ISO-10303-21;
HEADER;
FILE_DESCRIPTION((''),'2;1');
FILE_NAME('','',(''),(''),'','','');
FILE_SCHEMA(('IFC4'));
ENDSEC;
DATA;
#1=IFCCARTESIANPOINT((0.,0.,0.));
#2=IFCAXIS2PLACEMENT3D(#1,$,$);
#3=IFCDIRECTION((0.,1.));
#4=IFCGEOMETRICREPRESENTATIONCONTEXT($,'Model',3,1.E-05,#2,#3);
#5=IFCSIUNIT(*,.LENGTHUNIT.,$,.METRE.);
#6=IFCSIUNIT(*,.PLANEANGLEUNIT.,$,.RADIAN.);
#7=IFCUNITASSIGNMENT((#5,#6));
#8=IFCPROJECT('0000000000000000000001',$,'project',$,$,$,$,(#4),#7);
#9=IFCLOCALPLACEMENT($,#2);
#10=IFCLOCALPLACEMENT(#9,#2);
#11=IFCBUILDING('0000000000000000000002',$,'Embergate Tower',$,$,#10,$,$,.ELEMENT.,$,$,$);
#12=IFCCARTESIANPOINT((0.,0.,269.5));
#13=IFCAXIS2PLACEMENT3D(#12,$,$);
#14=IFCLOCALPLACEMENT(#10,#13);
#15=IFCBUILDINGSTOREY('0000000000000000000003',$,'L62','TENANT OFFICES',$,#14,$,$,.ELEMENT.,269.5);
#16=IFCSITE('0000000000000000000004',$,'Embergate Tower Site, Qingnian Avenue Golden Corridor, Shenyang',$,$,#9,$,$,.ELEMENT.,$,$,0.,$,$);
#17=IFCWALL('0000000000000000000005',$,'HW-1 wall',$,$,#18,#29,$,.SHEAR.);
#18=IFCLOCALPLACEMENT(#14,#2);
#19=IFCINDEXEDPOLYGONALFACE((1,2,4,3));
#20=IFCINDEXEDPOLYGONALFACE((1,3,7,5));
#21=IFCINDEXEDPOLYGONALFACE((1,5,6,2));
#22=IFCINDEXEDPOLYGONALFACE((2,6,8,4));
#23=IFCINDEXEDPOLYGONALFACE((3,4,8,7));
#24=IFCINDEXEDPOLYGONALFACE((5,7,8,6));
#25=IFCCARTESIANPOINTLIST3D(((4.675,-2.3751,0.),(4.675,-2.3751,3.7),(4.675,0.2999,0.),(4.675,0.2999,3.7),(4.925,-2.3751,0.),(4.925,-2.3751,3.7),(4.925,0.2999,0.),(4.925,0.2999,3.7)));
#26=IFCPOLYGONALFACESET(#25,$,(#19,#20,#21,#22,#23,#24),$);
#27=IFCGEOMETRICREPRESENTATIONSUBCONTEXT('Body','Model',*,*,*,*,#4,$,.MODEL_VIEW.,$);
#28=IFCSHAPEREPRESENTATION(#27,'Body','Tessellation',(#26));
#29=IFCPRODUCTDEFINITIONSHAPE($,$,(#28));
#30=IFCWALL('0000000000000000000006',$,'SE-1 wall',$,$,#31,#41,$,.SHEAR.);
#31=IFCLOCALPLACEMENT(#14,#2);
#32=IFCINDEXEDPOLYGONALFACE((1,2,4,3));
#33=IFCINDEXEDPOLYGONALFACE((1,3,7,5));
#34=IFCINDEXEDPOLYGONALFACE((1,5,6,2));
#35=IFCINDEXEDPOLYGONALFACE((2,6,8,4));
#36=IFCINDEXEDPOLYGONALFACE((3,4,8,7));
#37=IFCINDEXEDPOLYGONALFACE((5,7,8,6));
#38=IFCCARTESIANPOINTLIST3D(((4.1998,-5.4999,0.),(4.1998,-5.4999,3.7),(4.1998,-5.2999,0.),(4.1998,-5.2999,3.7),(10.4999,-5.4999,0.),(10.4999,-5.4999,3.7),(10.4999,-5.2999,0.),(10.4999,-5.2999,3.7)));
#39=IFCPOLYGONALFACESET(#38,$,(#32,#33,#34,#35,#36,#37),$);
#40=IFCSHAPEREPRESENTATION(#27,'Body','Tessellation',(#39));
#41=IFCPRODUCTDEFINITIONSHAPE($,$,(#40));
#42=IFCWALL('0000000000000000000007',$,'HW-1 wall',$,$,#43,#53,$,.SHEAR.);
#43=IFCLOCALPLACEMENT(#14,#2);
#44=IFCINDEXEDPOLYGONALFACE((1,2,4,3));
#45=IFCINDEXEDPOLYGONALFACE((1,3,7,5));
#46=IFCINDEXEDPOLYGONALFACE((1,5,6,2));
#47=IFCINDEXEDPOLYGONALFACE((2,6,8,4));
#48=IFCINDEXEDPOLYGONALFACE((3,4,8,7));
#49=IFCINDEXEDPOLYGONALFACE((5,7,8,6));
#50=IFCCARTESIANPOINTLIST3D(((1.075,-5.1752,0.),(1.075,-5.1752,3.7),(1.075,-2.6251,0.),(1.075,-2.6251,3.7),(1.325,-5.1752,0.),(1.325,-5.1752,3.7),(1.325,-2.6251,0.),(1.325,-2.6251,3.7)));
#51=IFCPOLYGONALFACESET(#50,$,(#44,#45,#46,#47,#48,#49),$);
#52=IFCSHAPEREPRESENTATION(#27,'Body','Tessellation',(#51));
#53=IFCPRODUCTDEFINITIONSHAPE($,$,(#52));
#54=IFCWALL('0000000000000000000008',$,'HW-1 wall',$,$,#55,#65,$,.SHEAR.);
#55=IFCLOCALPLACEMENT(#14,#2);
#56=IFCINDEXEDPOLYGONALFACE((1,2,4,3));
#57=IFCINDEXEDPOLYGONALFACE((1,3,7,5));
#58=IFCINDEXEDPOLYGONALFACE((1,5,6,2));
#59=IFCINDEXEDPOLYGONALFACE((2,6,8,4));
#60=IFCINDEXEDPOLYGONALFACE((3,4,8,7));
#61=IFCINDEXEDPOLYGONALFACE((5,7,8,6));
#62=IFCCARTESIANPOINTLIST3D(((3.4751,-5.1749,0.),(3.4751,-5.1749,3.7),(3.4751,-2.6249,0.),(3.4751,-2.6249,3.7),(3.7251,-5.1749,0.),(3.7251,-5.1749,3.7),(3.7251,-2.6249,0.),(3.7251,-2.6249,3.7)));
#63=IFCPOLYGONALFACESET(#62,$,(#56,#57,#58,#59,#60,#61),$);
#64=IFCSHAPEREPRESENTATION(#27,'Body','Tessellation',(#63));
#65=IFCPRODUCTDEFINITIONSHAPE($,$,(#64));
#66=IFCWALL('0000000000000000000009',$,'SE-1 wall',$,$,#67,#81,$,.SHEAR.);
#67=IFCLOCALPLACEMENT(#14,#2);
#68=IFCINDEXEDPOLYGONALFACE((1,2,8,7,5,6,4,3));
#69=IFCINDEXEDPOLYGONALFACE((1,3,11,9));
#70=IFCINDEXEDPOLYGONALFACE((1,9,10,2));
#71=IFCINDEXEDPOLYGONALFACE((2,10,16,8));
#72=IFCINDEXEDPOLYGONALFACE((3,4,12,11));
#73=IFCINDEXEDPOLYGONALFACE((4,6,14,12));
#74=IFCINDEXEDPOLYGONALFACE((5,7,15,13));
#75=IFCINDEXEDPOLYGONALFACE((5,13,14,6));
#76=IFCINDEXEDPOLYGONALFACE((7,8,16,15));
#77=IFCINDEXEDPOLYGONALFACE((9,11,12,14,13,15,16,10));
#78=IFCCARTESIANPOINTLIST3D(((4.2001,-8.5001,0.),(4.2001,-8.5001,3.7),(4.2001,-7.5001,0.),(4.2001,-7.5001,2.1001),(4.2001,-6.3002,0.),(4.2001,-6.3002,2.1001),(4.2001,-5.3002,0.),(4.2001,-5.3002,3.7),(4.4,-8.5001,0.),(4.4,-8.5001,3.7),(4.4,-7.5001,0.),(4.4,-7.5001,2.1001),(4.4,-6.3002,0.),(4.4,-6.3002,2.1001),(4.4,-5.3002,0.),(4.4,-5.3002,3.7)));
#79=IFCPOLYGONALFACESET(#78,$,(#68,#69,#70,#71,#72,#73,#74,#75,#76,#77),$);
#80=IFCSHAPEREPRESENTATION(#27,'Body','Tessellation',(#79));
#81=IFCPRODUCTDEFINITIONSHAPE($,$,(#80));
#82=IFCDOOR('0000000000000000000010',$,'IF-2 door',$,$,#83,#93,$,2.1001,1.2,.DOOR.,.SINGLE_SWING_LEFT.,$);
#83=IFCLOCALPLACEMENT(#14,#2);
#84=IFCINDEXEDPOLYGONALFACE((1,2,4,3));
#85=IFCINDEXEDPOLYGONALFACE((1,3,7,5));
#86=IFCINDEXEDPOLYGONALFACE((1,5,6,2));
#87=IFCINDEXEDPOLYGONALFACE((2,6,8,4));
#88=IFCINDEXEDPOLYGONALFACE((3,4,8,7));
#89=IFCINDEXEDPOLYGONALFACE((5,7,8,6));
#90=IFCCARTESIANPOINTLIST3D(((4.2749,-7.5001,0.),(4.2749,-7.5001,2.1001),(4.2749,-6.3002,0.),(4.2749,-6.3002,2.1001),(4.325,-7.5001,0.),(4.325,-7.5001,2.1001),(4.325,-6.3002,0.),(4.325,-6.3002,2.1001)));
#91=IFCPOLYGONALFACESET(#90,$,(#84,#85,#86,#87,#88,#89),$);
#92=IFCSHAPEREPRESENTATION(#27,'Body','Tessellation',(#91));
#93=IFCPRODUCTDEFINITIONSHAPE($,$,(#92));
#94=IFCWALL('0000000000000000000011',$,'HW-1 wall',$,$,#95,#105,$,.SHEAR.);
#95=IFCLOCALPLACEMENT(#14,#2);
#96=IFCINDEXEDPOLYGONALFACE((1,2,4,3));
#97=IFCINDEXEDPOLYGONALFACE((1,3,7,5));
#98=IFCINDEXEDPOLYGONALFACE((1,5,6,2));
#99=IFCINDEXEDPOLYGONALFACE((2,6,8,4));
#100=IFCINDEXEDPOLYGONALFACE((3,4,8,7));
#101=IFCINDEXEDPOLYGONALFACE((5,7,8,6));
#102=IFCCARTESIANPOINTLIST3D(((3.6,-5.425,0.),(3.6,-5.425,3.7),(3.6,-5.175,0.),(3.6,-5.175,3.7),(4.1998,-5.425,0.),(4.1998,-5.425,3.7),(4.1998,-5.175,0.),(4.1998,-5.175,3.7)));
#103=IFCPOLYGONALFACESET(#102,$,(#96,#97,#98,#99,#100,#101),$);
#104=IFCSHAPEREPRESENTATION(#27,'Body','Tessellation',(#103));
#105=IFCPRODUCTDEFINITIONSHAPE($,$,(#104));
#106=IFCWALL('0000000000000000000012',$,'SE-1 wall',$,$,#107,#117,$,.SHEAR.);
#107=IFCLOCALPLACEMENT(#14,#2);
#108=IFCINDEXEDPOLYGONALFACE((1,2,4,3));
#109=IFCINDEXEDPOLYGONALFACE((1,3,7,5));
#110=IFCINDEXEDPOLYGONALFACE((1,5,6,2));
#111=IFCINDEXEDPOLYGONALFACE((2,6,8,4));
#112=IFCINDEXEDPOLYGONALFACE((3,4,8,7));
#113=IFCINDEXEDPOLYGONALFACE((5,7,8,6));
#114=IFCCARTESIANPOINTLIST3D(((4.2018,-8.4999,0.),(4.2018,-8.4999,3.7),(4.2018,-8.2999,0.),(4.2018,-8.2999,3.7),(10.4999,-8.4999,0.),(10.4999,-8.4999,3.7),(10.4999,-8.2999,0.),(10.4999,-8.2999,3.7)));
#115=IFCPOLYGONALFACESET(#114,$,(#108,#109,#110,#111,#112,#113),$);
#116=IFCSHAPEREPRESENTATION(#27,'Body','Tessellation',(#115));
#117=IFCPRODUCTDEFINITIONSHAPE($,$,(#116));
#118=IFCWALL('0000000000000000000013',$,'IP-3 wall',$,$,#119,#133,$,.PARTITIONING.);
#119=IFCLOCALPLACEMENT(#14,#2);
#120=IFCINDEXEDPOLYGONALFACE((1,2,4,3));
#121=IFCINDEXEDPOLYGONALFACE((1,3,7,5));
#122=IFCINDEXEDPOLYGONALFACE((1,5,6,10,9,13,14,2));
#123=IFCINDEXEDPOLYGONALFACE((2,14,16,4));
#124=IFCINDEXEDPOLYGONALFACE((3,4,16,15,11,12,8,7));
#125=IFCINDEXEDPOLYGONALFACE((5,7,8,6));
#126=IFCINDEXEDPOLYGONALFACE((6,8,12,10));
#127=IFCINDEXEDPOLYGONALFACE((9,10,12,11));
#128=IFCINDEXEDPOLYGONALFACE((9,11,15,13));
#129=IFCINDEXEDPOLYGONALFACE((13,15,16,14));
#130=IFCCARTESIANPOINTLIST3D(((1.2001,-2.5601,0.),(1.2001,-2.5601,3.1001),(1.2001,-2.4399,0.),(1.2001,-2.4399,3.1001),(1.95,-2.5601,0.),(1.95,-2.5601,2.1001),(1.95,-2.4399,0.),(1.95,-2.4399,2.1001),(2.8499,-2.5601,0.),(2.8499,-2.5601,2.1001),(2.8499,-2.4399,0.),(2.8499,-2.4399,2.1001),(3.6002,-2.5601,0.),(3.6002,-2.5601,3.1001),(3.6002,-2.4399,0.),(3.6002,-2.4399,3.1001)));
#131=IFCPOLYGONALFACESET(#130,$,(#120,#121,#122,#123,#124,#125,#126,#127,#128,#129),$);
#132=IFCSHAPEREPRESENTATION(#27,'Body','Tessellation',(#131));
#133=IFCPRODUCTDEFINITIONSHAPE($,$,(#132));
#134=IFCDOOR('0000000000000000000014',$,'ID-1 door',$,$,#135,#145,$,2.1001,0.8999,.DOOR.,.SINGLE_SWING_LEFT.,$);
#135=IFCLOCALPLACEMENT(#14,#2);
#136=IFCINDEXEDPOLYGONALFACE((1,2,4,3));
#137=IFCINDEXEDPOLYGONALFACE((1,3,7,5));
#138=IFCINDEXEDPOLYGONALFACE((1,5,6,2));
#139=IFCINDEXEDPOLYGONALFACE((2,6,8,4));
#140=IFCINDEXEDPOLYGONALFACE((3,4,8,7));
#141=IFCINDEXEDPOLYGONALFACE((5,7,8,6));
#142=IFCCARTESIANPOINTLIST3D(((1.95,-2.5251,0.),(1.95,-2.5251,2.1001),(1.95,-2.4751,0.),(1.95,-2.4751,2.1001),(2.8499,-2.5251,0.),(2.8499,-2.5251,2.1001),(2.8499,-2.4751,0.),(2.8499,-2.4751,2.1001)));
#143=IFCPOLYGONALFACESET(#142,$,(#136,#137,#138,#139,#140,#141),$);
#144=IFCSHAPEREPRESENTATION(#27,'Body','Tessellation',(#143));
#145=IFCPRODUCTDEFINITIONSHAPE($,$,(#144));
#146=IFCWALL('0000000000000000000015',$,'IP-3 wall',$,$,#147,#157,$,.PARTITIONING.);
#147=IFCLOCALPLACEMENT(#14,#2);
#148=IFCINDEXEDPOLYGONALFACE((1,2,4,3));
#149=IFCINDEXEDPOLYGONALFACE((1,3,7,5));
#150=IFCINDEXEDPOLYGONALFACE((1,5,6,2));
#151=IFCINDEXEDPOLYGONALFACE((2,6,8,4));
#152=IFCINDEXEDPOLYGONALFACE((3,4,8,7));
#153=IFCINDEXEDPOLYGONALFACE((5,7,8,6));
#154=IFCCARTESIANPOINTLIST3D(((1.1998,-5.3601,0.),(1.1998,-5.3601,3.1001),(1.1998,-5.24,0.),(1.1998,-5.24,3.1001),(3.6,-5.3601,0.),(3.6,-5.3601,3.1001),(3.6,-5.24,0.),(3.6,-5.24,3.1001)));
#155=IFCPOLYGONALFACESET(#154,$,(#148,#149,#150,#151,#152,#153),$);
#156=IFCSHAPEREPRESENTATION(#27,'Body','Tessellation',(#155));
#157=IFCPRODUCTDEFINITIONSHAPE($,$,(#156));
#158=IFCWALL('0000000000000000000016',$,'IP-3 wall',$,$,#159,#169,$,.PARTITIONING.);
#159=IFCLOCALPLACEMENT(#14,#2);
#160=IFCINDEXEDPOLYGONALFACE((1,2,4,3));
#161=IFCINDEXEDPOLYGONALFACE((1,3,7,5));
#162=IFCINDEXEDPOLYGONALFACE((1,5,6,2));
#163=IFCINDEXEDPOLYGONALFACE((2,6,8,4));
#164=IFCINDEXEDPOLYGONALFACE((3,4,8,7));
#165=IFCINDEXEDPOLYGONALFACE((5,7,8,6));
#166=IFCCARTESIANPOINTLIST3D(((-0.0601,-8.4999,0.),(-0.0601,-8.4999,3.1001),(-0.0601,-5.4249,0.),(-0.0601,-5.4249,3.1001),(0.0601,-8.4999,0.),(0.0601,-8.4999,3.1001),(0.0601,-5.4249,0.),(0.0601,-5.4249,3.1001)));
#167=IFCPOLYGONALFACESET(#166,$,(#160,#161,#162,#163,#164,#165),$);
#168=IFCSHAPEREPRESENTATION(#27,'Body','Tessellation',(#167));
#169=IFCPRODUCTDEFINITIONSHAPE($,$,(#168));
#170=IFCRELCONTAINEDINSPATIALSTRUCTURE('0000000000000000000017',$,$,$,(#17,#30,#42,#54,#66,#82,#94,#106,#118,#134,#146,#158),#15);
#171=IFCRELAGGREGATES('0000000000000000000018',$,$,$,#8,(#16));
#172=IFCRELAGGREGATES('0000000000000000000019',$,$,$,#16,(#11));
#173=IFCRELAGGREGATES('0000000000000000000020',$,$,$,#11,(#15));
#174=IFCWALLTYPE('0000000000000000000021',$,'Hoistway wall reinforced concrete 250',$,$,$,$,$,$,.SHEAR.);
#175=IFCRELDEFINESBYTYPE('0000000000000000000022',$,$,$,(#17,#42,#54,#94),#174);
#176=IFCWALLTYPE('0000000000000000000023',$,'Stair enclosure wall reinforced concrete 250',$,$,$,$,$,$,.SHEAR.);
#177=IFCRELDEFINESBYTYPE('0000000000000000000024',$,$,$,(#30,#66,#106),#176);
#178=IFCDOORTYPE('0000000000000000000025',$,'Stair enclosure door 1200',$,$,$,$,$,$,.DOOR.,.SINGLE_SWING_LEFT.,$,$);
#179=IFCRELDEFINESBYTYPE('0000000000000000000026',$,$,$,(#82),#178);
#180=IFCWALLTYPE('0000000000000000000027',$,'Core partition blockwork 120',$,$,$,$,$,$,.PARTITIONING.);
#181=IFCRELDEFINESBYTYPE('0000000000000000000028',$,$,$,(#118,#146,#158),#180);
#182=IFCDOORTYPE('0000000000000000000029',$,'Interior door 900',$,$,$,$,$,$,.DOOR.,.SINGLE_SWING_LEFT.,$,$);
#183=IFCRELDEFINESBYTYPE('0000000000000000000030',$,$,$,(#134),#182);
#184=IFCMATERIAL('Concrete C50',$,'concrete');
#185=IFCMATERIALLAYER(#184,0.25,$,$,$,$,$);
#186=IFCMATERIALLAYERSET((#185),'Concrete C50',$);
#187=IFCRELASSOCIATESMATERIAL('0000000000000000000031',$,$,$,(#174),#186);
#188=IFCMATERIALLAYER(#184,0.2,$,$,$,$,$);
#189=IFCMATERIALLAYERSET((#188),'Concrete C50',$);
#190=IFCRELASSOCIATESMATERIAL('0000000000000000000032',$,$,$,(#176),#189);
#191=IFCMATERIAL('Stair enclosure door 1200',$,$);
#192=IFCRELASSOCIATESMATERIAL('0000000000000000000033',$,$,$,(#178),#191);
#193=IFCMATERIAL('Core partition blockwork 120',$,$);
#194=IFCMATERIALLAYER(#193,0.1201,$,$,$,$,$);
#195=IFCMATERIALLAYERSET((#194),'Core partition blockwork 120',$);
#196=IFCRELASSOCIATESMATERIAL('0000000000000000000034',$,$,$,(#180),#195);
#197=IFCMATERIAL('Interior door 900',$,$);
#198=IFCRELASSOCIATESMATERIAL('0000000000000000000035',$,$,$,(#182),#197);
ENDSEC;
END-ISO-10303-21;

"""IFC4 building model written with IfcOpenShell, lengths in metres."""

from ifc_helpers import new_model, si_unit, direction, frame, frame_2d, origin, place, context, subcontext, project, spatial, rectangle, extrude, source, transform, mapped, material, layer, layer_set, type_object, element, fill, save


model = new_model("IFC4")

# Units and contexts
model_context = context("Model", 3, precision=1e-05, world=origin(), true_north=direction((0.0, 1.0)))
body_context = subcontext(model_context, "Body", "Model", "MODEL_VIEW")
ifc_project = project(units=[si_unit("LENGTHUNIT", "METRE"), si_unit("PLANEANGLEUNIT", "RADIAN")], contexts=[model_context])

# Site, building, storey
site_placement = place(None, origin())
site = spatial("IfcSite", under=ifc_project, at=site_placement, Name="Embergate Tower Site, Qingnian Avenue Golden Corridor, Shenyang", CompositionType="ELEMENT", RefElevation=0.0)
building_placement = place(site_placement, origin())
building = spatial("IfcBuilding", under=site, at=building_placement, Name="Embergate Tower", CompositionType="ELEMENT")
storey_placement = place(building_placement, frame((0.0, 0.0, 269.5)))
storey = spatial("IfcBuildingStorey", under=building, at=storey_placement, Name="L62", Description="TENANT OFFICES", CompositionType="ELEMENT", Elevation=269.5)

# Walls
ifc_material_1 = material(Name="Concrete C50", Category="concrete")
ifc_layer_1 = layer(ifc_material_1, 0.25)
ifc_layer_set_1 = layer_set([ifc_layer_1], Name="Concrete C50")
wall_type_1 = type_object("IfcWallType", Name="Hoistway wall reinforced concrete 250", PredefinedType="SHEAR", material=ifc_layer_set_1)
shared_shape_1 = source(origin(), body_context, "Body", "SweptSolid", [
    extrude(rectangle(XDim=2.675, YDim=0.25, at=frame_2d((1.3374, 0.0))), origin(), (0.0, 0.0, 1.0), 3.7),
])
wall_1_placement = place(storey_placement, frame((4.8, -2.375, 0.0), z_axis=(0.0, 0.0, 1.0), x_axis=(0.0, 1.0, 0.0)))
element("IfcWall", 1, at=wall_1_placement, inside=storey, type_object=wall_type_1, Name="HW-1 wall", PredefinedType="SHEAR", context=body_context, shape_type="MappedRepresentation", body=[
    mapped(shared_shape_1, transform((0.0, 0.0, 0.0))),
])
ifc_layer_2 = layer(ifc_material_1, 0.2)
ifc_layer_set_2 = layer_set([ifc_layer_2], Name="Concrete C50")
wall_type_2 = type_object("IfcWallType", Name="Stair enclosure wall reinforced concrete 250", PredefinedType="SHEAR", material=ifc_layer_set_2)
shared_shape_2 = source(origin(), body_context, "Body", "SweptSolid", [
    extrude(rectangle(XDim=6.3, YDim=0.2, at=frame_2d((3.1499, 0.0))), origin(), (0.0, 0.0, 1.0), 3.7),
])
wall_2_placement = place(storey_placement, frame((4.2, -5.3999, 0.0), z_axis=(0.0, 0.0, 1.0), x_axis=(1.0, 0.0, 0.0)))
element("IfcWall", 2, at=wall_2_placement, inside=storey, type_object=wall_type_2, Name="SE-1 wall", PredefinedType="SHEAR", context=body_context, shape_type="MappedRepresentation", body=[
    mapped(shared_shape_2, transform((0.0, 0.0, 0.0))),
])
shared_shape_3 = source(origin(), body_context, "Body", "SweptSolid", [
    extrude(rectangle(XDim=2.55, YDim=0.25, at=frame_2d((1.2749, 0.0))), origin(), (0.0, 0.0, 1.0), 3.7),
])
for number, where, z_axis, x_axis, name in (
    (3, (1.2, -5.175, 0.0), (0.0, 0.0, 1.0), (0.0, 1.0, 0.0), "HW-1 wall"),
    (4, (3.6001, -2.625, 0.0), (0.0, 0.0, 1.0), (0.0, -1.0, 0.0), "HW-1 wall"),
):
    element("IfcWall", number, at=place(storey_placement, frame(where, z_axis=z_axis, x_axis=x_axis)), inside=storey, type_object=wall_type_1, Name=name, PredefinedType="SHEAR", context=body_context, shape_type="MappedRepresentation", body=[
        mapped(shared_shape_3, transform((0.0, 0.0, 0.0))),
    ])

# Wall, opening, door
shared_shape_4 = source(origin(), body_context, "Body", "SweptSolid", [
    extrude(rectangle(XDim=3.2, YDim=0.2, at=frame_2d((1.6001, 0.0))), origin(), (0.0, 0.0, 1.0), 3.7),
])
wall_3_placement = place(storey_placement, frame((4.3, -5.3, 0.0), z_axis=(0.0, 0.0, 1.0), x_axis=(0.0, -1.0, 0.0)))
wall_3 = element("IfcWall", 5, at=wall_3_placement, inside=storey, type_object=wall_type_2, Name="SE-1 wall", PredefinedType="SHEAR", context=body_context, shape_type="MappedRepresentation", body=[
    mapped(shared_shape_4, transform((0.0, 0.0, 0.0))),
])
shared_shape_5 = source(origin(), body_context, "Body", "SweptSolid", [
    extrude(rectangle(XDim=1.2, YDim=2.1001, at=frame_2d((0.6001, 1.05))), frame((0.0, 0.1099, 0.0), z_axis=(0.0, -1.0, 0.0), x_axis=(1.0, 0.0, 0.0)), (0.0, 0.0, 1.0), 0.22),
])
opening_1_placement = place(wall_3_placement, frame((1.0, 0.0, 0.0)))
opening_1 = element("IfcOpeningElement", 6, at=opening_1_placement, cuts=wall_3, PredefinedType="OPENING", context=body_context, shape_type="MappedRepresentation", body=[
    mapped(shared_shape_5, transform((0.0, 0.0, 0.0))),
])
ifc_material_2 = material(Name="Stair enclosure door 1200")
door_type_1 = type_object("IfcDoorType", Name="Stair enclosure door 1200", OperationType="SINGLE_SWING_LEFT", PredefinedType="DOOR", material=ifc_material_2)
shared_shape_6 = source(origin(), body_context, "Body", "SweptSolid", [
    extrude(rectangle(XDim=1.2, YDim=2.1001, at=frame_2d((0.6001, 1.05))), frame((0.0, 0.0249, 0.0), z_axis=(0.0, -1.0, 0.0), x_axis=(1.0, 0.0, 0.0)), (0.0, 0.0, 1.0), 0.05),
])
door_1_placement = place(opening_1_placement, origin())
door_1 = element("IfcDoor", 7, at=door_1_placement, inside=storey, type_object=door_type_1, Name="IF-2 door", OperationType="SINGLE_SWING_LEFT", OverallHeight=2.1001, OverallWidth=1.2, PredefinedType="DOOR", context=body_context, shape_type="MappedRepresentation", body=[
    mapped(shared_shape_6, transform((0.0, 0.0, 0.0))),
])
fill(opening_1, door_1)

# Walls
shared_shape_7 = source(origin(), body_context, "Body", "SweptSolid", [
    extrude(rectangle(XDim=0.5999, YDim=0.25, at=frame_2d((0.2998, 0.0))), origin(), (0.0, 0.0, 1.0), 3.7),
])
wall_4_placement = place(storey_placement, frame((3.6001, -5.3, 0.0), z_axis=(0.0, 0.0, 1.0), x_axis=(1.0, 0.0, 0.0)))
element("IfcWall", 8, at=wall_4_placement, inside=storey, type_object=wall_type_1, Name="HW-1 wall", PredefinedType="SHEAR", context=body_context, shape_type="MappedRepresentation", body=[
    mapped(shared_shape_7, transform((0.0, 0.0, 0.0))),
])
shared_shape_8 = source(origin(), body_context, "Body", "SweptSolid", [
    extrude(rectangle(XDim=6.2981, YDim=0.2, at=frame_2d((3.1489, 0.0))), origin(), (0.0, 0.0, 1.0), 3.7),
])
wall_5_placement = place(storey_placement, frame((4.2019, -8.3999, 0.0), z_axis=(0.0, 0.0, 1.0), x_axis=(1.0, 0.0, 0.0)))
element("IfcWall", 9, at=wall_5_placement, inside=storey, type_object=wall_type_2, Name="SE-1 wall", PredefinedType="SHEAR", context=body_context, shape_type="MappedRepresentation", body=[
    mapped(shared_shape_8, transform((0.0, 0.0, 0.0))),
])

# Wall, opening, door
ifc_material_3 = material(Name="Core partition blockwork 120")
ifc_layer_3 = layer(ifc_material_3, 0.1201)
ifc_layer_set_3 = layer_set([ifc_layer_3], Name="Core partition blockwork 120")
wall_type_3 = type_object("IfcWallType", Name="Core partition blockwork 120", PredefinedType="PARTITIONING", material=ifc_layer_set_3)
shared_shape_9 = source(origin(), body_context, "Body", "SweptSolid", [
    extrude(rectangle(XDim=2.4001, YDim=0.1201, at=frame_2d((1.2002, 0.0))), origin(), (0.0, 0.0, 1.0), 3.1001),
])
wall_6_placement = place(storey_placement, frame((1.2, -2.5, 0.0), z_axis=(0.0, 0.0, 1.0), x_axis=(1.0, 0.0, 0.0)))
wall_6 = element("IfcWall", 10, at=wall_6_placement, inside=storey, type_object=wall_type_3, Name="IP-3 wall", PredefinedType="PARTITIONING", context=body_context, shape_type="MappedRepresentation", body=[
    mapped(shared_shape_9, transform((0.0, 0.0, 0.0))),
])
shared_shape_10 = source(origin(), body_context, "Body", "SweptSolid", [
    extrude(rectangle(XDim=0.8999, YDim=2.1001, at=frame_2d((0.45, 1.05))), frame((0.0, 0.0701, 0.0), z_axis=(0.0, -1.0, 0.0), x_axis=(1.0, 0.0, 0.0)), (0.0, 0.0, 1.0), 0.1401),
])
opening_2_placement = place(wall_6_placement, frame((0.75, 0.0, 0.0)))
opening_2 = element("IfcOpeningElement", 11, at=opening_2_placement, cuts=wall_6, PredefinedType="OPENING", context=body_context, shape_type="MappedRepresentation", body=[
    mapped(shared_shape_10, transform((0.0, 0.0, 0.0))),
])
ifc_material_4 = material(Name="Interior door 900")
door_type_2 = type_object("IfcDoorType", Name="Interior door 900", OperationType="SINGLE_SWING_LEFT", PredefinedType="DOOR", material=ifc_material_4)
shared_shape_11 = source(origin(), body_context, "Body", "SweptSolid", [
    extrude(rectangle(XDim=0.8999, YDim=2.1001, at=frame_2d((0.45, 1.05))), frame((0.0, 0.0249, 0.0), z_axis=(0.0, -1.0, 0.0), x_axis=(1.0, 0.0, 0.0)), (0.0, 0.0, 1.0), 0.05),
])
door_2_placement = place(opening_2_placement, origin())
door_2 = element("IfcDoor", 12, at=door_2_placement, inside=storey, type_object=door_type_2, Name="ID-1 door", OperationType="SINGLE_SWING_LEFT", OverallHeight=2.1001, OverallWidth=0.8999, PredefinedType="DOOR", context=body_context, shape_type="MappedRepresentation", body=[
    mapped(shared_shape_11, transform((0.0, 0.0, 0.0))),
])
fill(opening_2, door_2)

# Walls
wall_7_placement = place(storey_placement, frame((3.6001, -5.3, 0.0), z_axis=(0.0, 0.0, 1.0), x_axis=(-1.0, 0.0, 0.0)))
element("IfcWall", 13, at=wall_7_placement, inside=storey, type_object=wall_type_3, Name="IP-3 wall", PredefinedType="PARTITIONING", context=body_context, shape_type="MappedRepresentation", body=[
    mapped(shared_shape_9, transform((0.0, 0.0, 0.0))),
])
shared_shape_12 = source(origin(), body_context, "Body", "SweptSolid", [
    extrude(rectangle(XDim=3.075, YDim=0.1201, at=frame_2d((1.5376, 0.0))), origin(), (0.0, 0.0, 1.0), 3.1001),
])
wall_8_placement = place(storey_placement, frame((0.0, -8.5, 0.0), z_axis=(0.0, 0.0, 1.0), x_axis=(0.0, 1.0, 0.0)))
element("IfcWall", 14, at=wall_8_placement, inside=storey, type_object=wall_type_3, Name="IP-3 wall", PredefinedType="PARTITIONING", context=body_context, shape_type="MappedRepresentation", body=[
    mapped(shared_shape_12, transform((0.0, 0.0, 0.0))),
])

save(model, "model.ifc")
